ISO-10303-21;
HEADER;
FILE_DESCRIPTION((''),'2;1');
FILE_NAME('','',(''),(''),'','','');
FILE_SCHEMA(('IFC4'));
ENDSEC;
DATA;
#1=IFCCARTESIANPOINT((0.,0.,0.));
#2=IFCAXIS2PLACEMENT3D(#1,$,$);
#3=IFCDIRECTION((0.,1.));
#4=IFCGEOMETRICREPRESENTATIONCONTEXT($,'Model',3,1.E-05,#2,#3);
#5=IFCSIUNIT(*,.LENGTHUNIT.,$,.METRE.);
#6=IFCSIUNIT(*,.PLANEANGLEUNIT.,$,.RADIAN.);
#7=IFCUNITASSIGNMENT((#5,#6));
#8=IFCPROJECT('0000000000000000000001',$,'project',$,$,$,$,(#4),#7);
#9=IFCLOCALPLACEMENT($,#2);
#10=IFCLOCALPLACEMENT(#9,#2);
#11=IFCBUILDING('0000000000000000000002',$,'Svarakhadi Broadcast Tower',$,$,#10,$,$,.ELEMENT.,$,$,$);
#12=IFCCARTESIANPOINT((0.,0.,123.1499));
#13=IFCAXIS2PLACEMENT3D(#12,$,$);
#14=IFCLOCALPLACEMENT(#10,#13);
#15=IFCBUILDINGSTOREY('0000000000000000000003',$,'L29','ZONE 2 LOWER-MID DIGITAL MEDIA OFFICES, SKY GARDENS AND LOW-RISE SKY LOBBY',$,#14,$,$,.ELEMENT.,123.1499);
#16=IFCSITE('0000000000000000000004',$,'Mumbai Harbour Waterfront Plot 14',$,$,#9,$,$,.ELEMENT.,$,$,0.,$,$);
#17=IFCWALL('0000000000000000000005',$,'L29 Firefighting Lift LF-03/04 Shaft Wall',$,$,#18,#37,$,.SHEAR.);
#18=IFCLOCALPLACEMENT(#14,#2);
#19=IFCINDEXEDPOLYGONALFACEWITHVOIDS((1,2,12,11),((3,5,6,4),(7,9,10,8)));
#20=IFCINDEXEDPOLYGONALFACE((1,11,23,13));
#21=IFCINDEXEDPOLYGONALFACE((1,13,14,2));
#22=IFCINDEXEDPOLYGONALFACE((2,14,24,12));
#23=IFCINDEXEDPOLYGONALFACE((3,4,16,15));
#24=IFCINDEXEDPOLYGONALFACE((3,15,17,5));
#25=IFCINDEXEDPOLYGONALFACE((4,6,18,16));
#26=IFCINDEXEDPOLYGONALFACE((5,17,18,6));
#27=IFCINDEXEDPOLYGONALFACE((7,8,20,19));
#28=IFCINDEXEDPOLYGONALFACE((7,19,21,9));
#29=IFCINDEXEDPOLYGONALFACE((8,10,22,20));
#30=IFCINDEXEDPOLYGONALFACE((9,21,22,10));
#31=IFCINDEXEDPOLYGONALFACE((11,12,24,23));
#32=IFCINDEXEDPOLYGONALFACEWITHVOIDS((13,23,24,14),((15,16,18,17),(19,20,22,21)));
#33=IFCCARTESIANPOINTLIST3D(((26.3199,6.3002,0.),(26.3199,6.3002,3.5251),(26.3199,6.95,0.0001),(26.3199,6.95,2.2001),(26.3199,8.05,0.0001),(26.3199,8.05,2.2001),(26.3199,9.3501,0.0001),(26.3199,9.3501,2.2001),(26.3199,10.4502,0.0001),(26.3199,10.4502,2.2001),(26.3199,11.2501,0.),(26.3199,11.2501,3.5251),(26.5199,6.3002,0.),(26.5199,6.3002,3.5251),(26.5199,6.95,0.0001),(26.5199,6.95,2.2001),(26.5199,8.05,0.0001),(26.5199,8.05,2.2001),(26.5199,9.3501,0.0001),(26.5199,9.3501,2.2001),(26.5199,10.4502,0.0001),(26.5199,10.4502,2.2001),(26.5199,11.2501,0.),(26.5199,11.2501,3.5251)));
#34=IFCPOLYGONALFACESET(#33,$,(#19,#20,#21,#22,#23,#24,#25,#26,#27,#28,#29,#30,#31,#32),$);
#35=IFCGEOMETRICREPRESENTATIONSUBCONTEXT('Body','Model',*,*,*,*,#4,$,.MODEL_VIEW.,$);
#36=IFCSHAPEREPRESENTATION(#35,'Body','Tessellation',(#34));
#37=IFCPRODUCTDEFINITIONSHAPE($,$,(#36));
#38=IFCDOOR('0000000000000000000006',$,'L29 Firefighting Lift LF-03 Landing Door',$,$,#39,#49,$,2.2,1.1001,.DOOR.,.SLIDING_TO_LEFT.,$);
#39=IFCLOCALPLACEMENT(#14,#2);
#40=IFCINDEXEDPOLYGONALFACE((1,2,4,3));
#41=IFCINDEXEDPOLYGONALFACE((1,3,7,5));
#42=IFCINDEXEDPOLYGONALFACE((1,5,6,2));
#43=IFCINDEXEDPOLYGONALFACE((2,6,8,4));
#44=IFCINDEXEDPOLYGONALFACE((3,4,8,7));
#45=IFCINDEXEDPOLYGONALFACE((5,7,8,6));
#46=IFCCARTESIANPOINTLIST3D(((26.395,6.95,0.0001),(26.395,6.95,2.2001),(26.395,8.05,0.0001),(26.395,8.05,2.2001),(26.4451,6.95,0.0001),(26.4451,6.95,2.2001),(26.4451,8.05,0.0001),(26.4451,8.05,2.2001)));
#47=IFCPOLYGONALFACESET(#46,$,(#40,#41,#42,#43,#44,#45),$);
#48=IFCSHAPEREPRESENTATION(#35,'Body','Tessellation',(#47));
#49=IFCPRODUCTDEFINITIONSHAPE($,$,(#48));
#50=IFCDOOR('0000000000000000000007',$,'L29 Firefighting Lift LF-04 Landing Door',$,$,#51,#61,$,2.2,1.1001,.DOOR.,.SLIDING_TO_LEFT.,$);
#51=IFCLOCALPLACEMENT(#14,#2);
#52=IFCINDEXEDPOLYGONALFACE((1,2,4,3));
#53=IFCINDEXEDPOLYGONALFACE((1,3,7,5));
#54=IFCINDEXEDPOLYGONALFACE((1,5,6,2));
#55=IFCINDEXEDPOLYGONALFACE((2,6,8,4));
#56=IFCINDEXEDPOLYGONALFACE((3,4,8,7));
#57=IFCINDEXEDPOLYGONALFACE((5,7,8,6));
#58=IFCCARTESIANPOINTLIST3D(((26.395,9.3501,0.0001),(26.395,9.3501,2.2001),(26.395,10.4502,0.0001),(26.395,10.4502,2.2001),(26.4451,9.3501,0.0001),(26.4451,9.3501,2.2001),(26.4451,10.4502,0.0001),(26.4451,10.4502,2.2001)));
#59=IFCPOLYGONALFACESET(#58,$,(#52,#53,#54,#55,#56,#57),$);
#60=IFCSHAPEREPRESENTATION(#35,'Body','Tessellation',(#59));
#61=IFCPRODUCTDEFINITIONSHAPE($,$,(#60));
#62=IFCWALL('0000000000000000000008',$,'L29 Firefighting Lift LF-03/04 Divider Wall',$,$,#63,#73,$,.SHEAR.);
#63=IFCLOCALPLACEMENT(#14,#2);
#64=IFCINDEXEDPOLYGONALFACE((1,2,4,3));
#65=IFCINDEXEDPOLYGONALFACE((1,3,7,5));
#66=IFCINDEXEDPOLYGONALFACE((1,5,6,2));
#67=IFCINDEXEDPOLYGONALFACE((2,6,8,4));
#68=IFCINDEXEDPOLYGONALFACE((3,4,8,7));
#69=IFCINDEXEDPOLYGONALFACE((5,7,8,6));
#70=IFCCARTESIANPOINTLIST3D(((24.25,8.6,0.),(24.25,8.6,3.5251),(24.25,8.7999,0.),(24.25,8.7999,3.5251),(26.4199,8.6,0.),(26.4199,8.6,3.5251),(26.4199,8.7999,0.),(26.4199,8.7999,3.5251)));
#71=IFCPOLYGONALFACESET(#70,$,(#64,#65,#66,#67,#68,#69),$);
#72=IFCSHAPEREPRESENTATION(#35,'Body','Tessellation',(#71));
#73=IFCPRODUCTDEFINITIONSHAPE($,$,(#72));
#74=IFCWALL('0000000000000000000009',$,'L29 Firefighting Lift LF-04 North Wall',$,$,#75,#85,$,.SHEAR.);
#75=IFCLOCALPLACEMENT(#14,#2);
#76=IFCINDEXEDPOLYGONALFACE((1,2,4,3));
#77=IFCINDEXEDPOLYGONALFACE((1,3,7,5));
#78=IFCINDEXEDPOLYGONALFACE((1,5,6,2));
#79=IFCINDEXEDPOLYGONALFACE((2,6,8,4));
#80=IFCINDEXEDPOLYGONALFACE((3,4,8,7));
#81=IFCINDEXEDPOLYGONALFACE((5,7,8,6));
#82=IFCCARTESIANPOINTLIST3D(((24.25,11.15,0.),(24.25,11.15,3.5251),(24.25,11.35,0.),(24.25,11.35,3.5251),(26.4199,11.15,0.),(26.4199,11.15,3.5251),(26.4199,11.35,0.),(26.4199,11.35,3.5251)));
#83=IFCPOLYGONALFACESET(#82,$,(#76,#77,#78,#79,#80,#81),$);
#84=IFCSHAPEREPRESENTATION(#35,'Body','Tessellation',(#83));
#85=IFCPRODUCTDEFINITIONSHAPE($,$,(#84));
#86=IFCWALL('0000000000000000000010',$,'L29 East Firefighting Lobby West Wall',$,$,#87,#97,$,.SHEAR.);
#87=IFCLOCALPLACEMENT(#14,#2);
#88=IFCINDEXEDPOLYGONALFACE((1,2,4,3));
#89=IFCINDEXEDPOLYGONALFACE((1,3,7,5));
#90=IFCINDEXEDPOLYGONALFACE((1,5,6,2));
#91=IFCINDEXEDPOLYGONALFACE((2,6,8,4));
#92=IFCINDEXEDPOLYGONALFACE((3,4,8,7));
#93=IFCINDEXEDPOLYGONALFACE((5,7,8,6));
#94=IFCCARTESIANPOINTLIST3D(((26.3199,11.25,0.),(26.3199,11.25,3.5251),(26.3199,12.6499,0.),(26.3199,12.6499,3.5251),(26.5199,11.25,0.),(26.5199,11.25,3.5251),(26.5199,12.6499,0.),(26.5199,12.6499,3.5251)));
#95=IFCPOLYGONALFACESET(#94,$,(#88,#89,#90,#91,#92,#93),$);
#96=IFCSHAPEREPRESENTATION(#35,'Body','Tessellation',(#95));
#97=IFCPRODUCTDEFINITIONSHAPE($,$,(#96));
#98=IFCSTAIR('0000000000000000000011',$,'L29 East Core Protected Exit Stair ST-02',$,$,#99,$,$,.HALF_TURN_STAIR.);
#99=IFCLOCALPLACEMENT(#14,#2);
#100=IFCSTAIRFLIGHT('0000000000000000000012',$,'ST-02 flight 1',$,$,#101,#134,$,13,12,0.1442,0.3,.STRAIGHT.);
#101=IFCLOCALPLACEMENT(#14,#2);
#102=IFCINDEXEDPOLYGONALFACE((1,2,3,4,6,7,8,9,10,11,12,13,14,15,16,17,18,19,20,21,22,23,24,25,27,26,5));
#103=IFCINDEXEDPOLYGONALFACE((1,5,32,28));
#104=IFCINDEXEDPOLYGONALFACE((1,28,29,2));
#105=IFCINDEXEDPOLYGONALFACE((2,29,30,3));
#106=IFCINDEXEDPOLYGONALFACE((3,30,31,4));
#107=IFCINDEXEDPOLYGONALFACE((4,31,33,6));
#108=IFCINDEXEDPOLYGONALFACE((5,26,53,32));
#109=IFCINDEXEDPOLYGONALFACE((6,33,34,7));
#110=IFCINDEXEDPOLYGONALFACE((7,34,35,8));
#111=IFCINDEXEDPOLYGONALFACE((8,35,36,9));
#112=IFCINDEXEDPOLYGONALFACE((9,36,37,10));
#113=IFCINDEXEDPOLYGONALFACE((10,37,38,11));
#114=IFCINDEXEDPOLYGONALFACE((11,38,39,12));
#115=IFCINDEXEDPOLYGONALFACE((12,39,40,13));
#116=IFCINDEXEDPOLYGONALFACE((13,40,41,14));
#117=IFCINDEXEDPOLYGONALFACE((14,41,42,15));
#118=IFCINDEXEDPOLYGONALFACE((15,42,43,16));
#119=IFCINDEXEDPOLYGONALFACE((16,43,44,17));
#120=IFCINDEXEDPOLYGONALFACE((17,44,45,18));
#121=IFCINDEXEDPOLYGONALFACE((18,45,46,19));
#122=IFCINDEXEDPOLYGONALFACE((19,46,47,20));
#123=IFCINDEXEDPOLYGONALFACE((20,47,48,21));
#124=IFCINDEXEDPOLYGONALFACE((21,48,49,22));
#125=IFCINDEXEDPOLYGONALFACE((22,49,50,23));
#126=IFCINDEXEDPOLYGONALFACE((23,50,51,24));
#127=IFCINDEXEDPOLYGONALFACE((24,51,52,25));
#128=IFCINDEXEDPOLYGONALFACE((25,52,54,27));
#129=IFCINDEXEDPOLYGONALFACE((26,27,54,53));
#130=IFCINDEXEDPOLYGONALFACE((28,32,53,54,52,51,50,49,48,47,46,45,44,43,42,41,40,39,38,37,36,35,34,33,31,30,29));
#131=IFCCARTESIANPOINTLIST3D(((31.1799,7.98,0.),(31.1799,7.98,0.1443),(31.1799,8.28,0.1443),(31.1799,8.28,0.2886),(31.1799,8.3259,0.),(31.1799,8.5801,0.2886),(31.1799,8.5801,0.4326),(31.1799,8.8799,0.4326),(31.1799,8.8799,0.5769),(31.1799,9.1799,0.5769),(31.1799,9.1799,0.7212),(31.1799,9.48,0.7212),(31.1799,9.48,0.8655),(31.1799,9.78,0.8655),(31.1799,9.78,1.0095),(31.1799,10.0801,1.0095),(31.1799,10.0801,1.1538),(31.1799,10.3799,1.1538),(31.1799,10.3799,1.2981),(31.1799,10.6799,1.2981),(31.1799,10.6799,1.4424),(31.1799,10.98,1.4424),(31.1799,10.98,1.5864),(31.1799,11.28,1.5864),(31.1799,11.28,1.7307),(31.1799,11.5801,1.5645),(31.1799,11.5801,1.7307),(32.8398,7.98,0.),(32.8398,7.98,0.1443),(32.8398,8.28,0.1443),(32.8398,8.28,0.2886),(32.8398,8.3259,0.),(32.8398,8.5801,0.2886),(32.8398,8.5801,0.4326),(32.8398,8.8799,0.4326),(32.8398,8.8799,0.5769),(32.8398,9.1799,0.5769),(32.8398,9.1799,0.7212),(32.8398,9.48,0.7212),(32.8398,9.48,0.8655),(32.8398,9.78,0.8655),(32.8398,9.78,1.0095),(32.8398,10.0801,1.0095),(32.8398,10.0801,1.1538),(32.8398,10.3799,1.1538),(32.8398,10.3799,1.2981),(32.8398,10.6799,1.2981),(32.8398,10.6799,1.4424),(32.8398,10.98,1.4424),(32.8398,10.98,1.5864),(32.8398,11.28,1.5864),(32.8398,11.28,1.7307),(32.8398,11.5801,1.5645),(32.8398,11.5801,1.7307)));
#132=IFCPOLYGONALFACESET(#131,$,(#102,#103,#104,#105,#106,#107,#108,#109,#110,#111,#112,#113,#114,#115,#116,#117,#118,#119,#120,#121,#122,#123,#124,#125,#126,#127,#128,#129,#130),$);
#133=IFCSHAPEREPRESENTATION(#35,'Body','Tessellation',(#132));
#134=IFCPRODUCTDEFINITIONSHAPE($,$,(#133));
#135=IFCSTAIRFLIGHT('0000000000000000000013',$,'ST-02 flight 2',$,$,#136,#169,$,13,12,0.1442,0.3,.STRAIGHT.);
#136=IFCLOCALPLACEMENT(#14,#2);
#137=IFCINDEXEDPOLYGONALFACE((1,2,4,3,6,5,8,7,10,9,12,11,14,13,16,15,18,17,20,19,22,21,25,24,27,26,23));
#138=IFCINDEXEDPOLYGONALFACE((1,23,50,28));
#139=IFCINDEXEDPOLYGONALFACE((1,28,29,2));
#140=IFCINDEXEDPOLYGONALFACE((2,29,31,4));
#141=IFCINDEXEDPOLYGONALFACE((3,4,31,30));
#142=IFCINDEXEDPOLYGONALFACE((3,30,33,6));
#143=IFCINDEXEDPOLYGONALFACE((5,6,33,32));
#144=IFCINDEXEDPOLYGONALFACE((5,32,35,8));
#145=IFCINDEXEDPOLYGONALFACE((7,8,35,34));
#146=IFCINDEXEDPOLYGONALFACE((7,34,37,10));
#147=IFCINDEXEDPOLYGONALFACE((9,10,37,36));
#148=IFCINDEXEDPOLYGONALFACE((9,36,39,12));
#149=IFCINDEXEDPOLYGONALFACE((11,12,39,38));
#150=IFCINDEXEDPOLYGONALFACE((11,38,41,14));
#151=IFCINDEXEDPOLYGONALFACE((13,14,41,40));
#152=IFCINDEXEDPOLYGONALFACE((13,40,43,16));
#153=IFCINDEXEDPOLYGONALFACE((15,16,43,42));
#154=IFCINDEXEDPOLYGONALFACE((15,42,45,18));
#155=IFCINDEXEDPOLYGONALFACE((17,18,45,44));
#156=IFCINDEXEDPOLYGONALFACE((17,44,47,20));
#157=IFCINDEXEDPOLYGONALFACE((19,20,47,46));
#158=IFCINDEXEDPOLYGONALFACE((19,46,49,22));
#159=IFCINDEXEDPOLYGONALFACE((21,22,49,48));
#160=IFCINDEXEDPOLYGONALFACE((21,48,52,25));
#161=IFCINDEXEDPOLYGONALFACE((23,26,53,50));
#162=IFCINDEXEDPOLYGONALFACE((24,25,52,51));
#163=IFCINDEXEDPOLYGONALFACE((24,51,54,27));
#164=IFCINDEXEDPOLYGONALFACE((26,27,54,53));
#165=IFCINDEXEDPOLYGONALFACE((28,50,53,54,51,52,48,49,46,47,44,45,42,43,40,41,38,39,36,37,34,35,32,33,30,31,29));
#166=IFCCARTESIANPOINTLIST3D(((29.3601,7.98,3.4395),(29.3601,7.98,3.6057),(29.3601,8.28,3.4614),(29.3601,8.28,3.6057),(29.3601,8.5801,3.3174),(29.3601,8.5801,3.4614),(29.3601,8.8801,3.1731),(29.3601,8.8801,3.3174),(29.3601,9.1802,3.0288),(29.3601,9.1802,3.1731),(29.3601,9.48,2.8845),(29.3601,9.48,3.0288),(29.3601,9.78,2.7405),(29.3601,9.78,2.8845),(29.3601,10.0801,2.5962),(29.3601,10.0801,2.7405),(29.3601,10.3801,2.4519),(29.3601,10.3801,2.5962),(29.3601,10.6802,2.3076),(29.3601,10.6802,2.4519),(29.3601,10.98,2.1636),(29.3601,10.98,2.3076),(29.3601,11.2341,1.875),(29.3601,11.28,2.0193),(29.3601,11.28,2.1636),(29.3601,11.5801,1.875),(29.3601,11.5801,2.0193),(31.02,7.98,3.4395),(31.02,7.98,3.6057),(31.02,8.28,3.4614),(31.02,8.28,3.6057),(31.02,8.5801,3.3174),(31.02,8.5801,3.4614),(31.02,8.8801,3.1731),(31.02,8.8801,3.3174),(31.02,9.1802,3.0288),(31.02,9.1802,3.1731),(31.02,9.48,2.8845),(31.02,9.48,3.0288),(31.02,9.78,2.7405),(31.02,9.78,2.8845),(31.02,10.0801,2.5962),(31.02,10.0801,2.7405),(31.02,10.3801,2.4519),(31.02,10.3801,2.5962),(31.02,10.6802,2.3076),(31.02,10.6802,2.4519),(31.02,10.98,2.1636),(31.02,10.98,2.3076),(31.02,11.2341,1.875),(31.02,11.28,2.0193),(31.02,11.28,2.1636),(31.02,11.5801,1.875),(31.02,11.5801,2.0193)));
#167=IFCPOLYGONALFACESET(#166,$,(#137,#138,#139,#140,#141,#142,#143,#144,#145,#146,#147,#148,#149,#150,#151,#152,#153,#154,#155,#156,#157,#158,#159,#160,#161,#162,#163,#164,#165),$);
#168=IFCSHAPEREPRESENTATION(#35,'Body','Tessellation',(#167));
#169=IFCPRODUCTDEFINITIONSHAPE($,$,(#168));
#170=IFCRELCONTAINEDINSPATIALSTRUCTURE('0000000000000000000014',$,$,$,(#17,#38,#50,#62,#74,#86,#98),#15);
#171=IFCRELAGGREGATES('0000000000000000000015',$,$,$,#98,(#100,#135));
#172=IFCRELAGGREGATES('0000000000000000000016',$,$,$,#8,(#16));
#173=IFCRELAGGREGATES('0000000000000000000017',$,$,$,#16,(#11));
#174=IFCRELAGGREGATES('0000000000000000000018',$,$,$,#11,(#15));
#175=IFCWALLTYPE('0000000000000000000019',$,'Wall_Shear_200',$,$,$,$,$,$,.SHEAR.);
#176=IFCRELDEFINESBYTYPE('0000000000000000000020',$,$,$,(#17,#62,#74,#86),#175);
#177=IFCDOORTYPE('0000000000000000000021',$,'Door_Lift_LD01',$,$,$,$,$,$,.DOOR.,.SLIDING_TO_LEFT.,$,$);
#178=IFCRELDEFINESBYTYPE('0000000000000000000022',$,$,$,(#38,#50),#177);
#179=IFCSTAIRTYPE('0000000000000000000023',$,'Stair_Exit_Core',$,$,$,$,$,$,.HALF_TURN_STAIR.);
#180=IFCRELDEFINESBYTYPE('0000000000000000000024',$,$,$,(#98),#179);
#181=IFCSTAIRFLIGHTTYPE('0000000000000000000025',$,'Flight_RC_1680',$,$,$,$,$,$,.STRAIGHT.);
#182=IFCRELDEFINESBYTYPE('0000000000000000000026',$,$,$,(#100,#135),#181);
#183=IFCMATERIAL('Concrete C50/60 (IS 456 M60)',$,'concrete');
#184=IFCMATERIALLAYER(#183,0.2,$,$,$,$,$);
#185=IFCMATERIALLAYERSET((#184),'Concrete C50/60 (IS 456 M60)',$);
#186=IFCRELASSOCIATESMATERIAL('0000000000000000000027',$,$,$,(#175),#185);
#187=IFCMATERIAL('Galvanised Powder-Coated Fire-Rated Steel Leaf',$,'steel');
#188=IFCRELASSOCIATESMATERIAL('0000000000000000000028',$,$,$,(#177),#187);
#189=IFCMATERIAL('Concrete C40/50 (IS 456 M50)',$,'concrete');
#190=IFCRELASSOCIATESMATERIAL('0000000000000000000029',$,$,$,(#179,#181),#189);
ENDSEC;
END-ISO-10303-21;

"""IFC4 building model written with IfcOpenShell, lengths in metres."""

from ifc_helpers import new_model, si_unit, direction, frame, frame_2d, origin, place, context, subcontext, project, spatial, polyline, rectangle, outline, extrude, material, layer, layer_set, type_object, element, fill, aggregate, save


model = new_model("IFC4")

# Units and contexts
model_context = context("Model", 3, precision=1e-05, world=origin(), true_north=direction((0.0, 1.0)))
body_context = subcontext(model_context, "Body", "Model", "MODEL_VIEW")
ifc_project = project(units=[si_unit("LENGTHUNIT", "METRE"), si_unit("PLANEANGLEUNIT", "RADIAN")], contexts=[model_context])

# Site, building, storey
site_placement = place(None, origin())
site = spatial("IfcSite", under=ifc_project, at=site_placement, Name="Mumbai Harbour Waterfront Plot 14", CompositionType="ELEMENT", RefElevation=0.0)
building_placement = place(site_placement, origin())
building = spatial("IfcBuilding", under=site, at=building_placement, Name="Svarakhadi Broadcast Tower", CompositionType="ELEMENT")
storey_placement = place(building_placement, frame((0.0, 0.0, 123.1499)))
storey = spatial("IfcBuildingStorey", under=building, at=storey_placement, Name="L29", Description="ZONE 2 LOWER-MID DIGITAL MEDIA OFFICES, SKY GARDENS AND LOW-RISE SKY LOBBY", CompositionType="ELEMENT", Elevation=123.1499)

# Shared definitions
ifc_material_1 = material(Name="Concrete C50/60 (IS 456 M60)", Category="concrete")

# Shared definitions
ifc_material_2 = material(Name="Concrete C40/50 (IS 456 M50)", Category="concrete")

# Shared definitions
ifc_layer_1 = layer(ifc_material_1, 0.2)
ifc_layer_set_1 = layer_set([ifc_layer_1], Name="Concrete C50/60 (IS 456 M60)")
wall_type_1 = type_object("IfcWallType", Name="Wall_Shear_200", PredefinedType="SHEAR", material=ifc_layer_set_1)
ifc_material_3 = material(Name="Galvanised Powder-Coated Fire-Rated Steel Leaf", Category="steel")

# Wall, openings, doors
wall_1_placement = place(storey_placement, frame((26.4199, 6.3, 0.0), z_axis=(0.0, 0.0, 1.0), x_axis=(0.0, 1.0, 0.0)))
wall_1 = element("IfcWall", 1, at=wall_1_placement, inside=storey, type_object=wall_type_1, Name="L29 Firefighting Lift LF-03/04 Shaft Wall", PredefinedType="SHEAR", context=body_context, shape_type="SweptSolid", body=[
    extrude(rectangle(XDim=4.95, YDim=0.2, at=frame_2d((2.4751, 0.0))), origin(), (0.0, 0.0, 1.0), 3.5251),
])
opening_1_placement = place(wall_1_placement, frame((0.6499, 0.0, 0.0)))
opening_1 = element("IfcOpeningElement", 2, at=opening_1_placement, cuts=wall_1, PredefinedType="OPENING", context=body_context, shape_type="SweptSolid", body=[
    extrude(rectangle(XDim=1.1001, YDim=2.2, at=frame_2d((0.55, 1.1001))), frame((0.0, 0.1099, 0.0), z_axis=(0.0, -1.0, 0.0), x_axis=(1.0, 0.0, 0.0)), (0.0, 0.0, 1.0), 0.22),
])
opening_2_placement = place(wall_1_placement, frame((3.05, 0.0, 0.0)))
opening_2 = element("IfcOpeningElement", 3, at=opening_2_placement, cuts=wall_1, PredefinedType="OPENING", context=body_context, shape_type="SweptSolid", body=[
    extrude(rectangle(XDim=1.1001, YDim=2.2, at=frame_2d((0.55, 1.1001))), frame((0.0, 0.1099, 0.0), z_axis=(0.0, -1.0, 0.0), x_axis=(1.0, 0.0, 0.0)), (0.0, 0.0, 1.0), 0.22),
])
door_type_1 = type_object("IfcDoorType", Name="Door_Lift_LD01", OperationType="SLIDING_TO_LEFT", PredefinedType="DOOR", material=ifc_material_3)
door_1_placement = place(opening_1_placement, origin())
door_1 = element("IfcDoor", 4, at=door_1_placement, inside=storey, type_object=door_type_1, Name="L29 Firefighting Lift LF-03 Landing Door", OperationType="SLIDING_TO_LEFT", OverallHeight=2.2, OverallWidth=1.1001, PredefinedType="DOOR", context=body_context, shape_type="SweptSolid", body=[
    extrude(rectangle(XDim=1.1001, YDim=2.2, at=frame_2d((0.55, 1.1001))), frame((0.0, 0.0249, 0.0), z_axis=(0.0, -1.0, 0.0), x_axis=(1.0, 0.0, 0.0)), (0.0, 0.0, 1.0), 0.05),
])
fill(opening_1, door_1)
door_2_placement = place(opening_2_placement, origin())
door_2 = element("IfcDoor", 5, at=door_2_placement, inside=storey, type_object=door_type_1, Name="L29 Firefighting Lift LF-04 Landing Door", OperationType="SLIDING_TO_LEFT", OverallHeight=2.2, OverallWidth=1.1001, PredefinedType="DOOR", context=body_context, shape_type="SweptSolid", body=[
    extrude(rectangle(XDim=1.1001, YDim=2.2, at=frame_2d((0.55, 1.1001))), frame((0.0, 0.0249, 0.0), z_axis=(0.0, -1.0, 0.0), x_axis=(1.0, 0.0, 0.0)), (0.0, 0.0, 1.0), 0.05),
])
fill(opening_2, door_2)

# Walls
for number, where, z_axis, x_axis, name in (
    (6, (24.25, 8.7, 0.0), (0.0, 0.0, 1.0), (1.0, 0.0, 0.0), "L29 Firefighting Lift LF-03/04 Divider Wall"),
    (7, (24.25, 11.25, 0.0), (0.0, 0.0, 1.0), (1.0, 0.0, 0.0), "L29 Firefighting Lift LF-04 North Wall"),
):
    element("IfcWall", number, at=place(storey_placement, frame(where, z_axis=z_axis, x_axis=x_axis)), inside=storey, type_object=wall_type_1, Name=name, PredefinedType="SHEAR", context=body_context, shape_type="SweptSolid", body=[
        extrude(rectangle(XDim=2.1699, YDim=0.2, at=frame_2d((1.085, 0.0))), origin(), (0.0, 0.0, 1.0), 3.5251),
    ])
wall_2_placement = place(storey_placement, frame((26.4199, 11.25, 0.0), z_axis=(0.0, 0.0, 1.0), x_axis=(0.0, 1.0, 0.0)))
element("IfcWall", 8, at=wall_2_placement, inside=storey, type_object=wall_type_1, Name="L29 East Firefighting Lobby West Wall", PredefinedType="SHEAR", context=body_context, shape_type="SweptSolid", body=[
    extrude(rectangle(XDim=1.3999, YDim=0.2, at=frame_2d((0.7, 0.0))), origin(), (0.0, 0.0, 1.0), 3.5251),
])

# Stair, stair flights
stair_type = type_object("IfcStairType", Name="Stair_Exit_Core", PredefinedType="HALF_TURN_STAIR", material=ifc_material_2)
stair_placement = place(storey_placement, origin())
stair = element("IfcStair", 9, at=stair_placement, inside=storey, type_object=stair_type, Name="L29 East Core Protected Exit Stair ST-02", PredefinedType="HALF_TURN_STAIR")
stair_flight_type = type_object("IfcStairFlightType", Name="Flight_RC_1680", PredefinedType="STRAIGHT", material=ifc_material_2)
stair_flight_1_placement = place(storey_placement, frame((32.01, 7.98, 0.0), z_axis=(0.0, 0.0, 1.0), x_axis=(0.0, 1.0, 0.0)))
stair_flight_1 = element("IfcStairFlight", 10, at=stair_flight_1_placement, type_object=stair_flight_type, Name="ST-02 flight 1", NumberOfRisers=13, NumberOfTreads=12, PredefinedType="STRAIGHT", RiserHeight=0.1442, TreadLength=0.3, context=body_context, shape_type="SweptSolid", body=[
    extrude(outline(polyline([(0.0, 0.0), (0.0, 0.1443), (0.3, 0.1443), (0.3, 0.2886), (0.6001, 0.2886), (0.6001, 0.4326), (0.8999, 0.4326), (0.8999, 0.5769), (1.2, 0.5769), (1.2, 0.7212), (1.5, 0.7212), (1.5, 0.8655), (1.8, 0.8655), (1.8, 1.0095), (2.1001, 1.0095), (2.1001, 1.1538), (2.3999, 1.1538), (2.3999, 1.2981), (2.7, 1.2981), (2.7, 1.4424), (3.0, 1.4424), (3.0, 1.5864), (3.3, 1.5864), (3.3, 1.7307), (3.6001, 1.7307), (3.6001, 1.875), (3.6001, 1.5645), (0.3459, 0.0), (0.0, 0.0)])), frame((0.0, 0.8301, 0.0), z_axis=(0.0, -1.0, 0.0), x_axis=(1.0, 0.0, 0.0)), (0.0, 0.0, 1.0), 1.6599),
])
stair_flight_2_placement = place(storey_placement, frame((30.1899, 11.5801, 1.875), z_axis=(0.0, 0.0, 1.0), x_axis=(0.0, -1.0, 0.0)))
stair_flight_2 = element("IfcStairFlight", 11, at=stair_flight_2_placement, type_object=stair_flight_type, Name="ST-02 flight 2", NumberOfRisers=13, NumberOfTreads=12, PredefinedType="STRAIGHT", RiserHeight=0.1442, TreadLength=0.3, context=body_context, shape_type="SweptSolid", body=[
    extrude(outline(polyline([(0.0, 0.0), (0.0, 0.1443), (0.3, 0.1443), (0.3, 0.2886), (0.6001, 0.2886), (0.6001, 0.4326), (0.8999, 0.4326), (0.8999, 0.5769), (1.2, 0.5769), (1.2, 0.7212), (1.5, 0.7212), (1.5, 0.8655), (1.8, 0.8655), (1.8, 1.0095), (2.1001, 1.0095), (2.1001, 1.1538), (2.3999, 1.1538), (2.3999, 1.2981), (2.7, 1.2981), (2.7, 1.4424), (3.0, 1.4424), (3.0, 1.5864), (3.3, 1.5864), (3.3, 1.7307), (3.6001, 1.7307), (3.6001, 1.875), (3.6001, 1.5645), (0.3459, 0.0), (0.0, 0.0)])), frame((0.0, 0.8301, 0.0), z_axis=(0.0, -1.0, 0.0), x_axis=(1.0, 0.0, 0.0)), (0.0, 0.0, 1.0), 1.6599),
])
aggregate(stair, [stair_flight_1, stair_flight_2])

save(model, "model.ifc")
